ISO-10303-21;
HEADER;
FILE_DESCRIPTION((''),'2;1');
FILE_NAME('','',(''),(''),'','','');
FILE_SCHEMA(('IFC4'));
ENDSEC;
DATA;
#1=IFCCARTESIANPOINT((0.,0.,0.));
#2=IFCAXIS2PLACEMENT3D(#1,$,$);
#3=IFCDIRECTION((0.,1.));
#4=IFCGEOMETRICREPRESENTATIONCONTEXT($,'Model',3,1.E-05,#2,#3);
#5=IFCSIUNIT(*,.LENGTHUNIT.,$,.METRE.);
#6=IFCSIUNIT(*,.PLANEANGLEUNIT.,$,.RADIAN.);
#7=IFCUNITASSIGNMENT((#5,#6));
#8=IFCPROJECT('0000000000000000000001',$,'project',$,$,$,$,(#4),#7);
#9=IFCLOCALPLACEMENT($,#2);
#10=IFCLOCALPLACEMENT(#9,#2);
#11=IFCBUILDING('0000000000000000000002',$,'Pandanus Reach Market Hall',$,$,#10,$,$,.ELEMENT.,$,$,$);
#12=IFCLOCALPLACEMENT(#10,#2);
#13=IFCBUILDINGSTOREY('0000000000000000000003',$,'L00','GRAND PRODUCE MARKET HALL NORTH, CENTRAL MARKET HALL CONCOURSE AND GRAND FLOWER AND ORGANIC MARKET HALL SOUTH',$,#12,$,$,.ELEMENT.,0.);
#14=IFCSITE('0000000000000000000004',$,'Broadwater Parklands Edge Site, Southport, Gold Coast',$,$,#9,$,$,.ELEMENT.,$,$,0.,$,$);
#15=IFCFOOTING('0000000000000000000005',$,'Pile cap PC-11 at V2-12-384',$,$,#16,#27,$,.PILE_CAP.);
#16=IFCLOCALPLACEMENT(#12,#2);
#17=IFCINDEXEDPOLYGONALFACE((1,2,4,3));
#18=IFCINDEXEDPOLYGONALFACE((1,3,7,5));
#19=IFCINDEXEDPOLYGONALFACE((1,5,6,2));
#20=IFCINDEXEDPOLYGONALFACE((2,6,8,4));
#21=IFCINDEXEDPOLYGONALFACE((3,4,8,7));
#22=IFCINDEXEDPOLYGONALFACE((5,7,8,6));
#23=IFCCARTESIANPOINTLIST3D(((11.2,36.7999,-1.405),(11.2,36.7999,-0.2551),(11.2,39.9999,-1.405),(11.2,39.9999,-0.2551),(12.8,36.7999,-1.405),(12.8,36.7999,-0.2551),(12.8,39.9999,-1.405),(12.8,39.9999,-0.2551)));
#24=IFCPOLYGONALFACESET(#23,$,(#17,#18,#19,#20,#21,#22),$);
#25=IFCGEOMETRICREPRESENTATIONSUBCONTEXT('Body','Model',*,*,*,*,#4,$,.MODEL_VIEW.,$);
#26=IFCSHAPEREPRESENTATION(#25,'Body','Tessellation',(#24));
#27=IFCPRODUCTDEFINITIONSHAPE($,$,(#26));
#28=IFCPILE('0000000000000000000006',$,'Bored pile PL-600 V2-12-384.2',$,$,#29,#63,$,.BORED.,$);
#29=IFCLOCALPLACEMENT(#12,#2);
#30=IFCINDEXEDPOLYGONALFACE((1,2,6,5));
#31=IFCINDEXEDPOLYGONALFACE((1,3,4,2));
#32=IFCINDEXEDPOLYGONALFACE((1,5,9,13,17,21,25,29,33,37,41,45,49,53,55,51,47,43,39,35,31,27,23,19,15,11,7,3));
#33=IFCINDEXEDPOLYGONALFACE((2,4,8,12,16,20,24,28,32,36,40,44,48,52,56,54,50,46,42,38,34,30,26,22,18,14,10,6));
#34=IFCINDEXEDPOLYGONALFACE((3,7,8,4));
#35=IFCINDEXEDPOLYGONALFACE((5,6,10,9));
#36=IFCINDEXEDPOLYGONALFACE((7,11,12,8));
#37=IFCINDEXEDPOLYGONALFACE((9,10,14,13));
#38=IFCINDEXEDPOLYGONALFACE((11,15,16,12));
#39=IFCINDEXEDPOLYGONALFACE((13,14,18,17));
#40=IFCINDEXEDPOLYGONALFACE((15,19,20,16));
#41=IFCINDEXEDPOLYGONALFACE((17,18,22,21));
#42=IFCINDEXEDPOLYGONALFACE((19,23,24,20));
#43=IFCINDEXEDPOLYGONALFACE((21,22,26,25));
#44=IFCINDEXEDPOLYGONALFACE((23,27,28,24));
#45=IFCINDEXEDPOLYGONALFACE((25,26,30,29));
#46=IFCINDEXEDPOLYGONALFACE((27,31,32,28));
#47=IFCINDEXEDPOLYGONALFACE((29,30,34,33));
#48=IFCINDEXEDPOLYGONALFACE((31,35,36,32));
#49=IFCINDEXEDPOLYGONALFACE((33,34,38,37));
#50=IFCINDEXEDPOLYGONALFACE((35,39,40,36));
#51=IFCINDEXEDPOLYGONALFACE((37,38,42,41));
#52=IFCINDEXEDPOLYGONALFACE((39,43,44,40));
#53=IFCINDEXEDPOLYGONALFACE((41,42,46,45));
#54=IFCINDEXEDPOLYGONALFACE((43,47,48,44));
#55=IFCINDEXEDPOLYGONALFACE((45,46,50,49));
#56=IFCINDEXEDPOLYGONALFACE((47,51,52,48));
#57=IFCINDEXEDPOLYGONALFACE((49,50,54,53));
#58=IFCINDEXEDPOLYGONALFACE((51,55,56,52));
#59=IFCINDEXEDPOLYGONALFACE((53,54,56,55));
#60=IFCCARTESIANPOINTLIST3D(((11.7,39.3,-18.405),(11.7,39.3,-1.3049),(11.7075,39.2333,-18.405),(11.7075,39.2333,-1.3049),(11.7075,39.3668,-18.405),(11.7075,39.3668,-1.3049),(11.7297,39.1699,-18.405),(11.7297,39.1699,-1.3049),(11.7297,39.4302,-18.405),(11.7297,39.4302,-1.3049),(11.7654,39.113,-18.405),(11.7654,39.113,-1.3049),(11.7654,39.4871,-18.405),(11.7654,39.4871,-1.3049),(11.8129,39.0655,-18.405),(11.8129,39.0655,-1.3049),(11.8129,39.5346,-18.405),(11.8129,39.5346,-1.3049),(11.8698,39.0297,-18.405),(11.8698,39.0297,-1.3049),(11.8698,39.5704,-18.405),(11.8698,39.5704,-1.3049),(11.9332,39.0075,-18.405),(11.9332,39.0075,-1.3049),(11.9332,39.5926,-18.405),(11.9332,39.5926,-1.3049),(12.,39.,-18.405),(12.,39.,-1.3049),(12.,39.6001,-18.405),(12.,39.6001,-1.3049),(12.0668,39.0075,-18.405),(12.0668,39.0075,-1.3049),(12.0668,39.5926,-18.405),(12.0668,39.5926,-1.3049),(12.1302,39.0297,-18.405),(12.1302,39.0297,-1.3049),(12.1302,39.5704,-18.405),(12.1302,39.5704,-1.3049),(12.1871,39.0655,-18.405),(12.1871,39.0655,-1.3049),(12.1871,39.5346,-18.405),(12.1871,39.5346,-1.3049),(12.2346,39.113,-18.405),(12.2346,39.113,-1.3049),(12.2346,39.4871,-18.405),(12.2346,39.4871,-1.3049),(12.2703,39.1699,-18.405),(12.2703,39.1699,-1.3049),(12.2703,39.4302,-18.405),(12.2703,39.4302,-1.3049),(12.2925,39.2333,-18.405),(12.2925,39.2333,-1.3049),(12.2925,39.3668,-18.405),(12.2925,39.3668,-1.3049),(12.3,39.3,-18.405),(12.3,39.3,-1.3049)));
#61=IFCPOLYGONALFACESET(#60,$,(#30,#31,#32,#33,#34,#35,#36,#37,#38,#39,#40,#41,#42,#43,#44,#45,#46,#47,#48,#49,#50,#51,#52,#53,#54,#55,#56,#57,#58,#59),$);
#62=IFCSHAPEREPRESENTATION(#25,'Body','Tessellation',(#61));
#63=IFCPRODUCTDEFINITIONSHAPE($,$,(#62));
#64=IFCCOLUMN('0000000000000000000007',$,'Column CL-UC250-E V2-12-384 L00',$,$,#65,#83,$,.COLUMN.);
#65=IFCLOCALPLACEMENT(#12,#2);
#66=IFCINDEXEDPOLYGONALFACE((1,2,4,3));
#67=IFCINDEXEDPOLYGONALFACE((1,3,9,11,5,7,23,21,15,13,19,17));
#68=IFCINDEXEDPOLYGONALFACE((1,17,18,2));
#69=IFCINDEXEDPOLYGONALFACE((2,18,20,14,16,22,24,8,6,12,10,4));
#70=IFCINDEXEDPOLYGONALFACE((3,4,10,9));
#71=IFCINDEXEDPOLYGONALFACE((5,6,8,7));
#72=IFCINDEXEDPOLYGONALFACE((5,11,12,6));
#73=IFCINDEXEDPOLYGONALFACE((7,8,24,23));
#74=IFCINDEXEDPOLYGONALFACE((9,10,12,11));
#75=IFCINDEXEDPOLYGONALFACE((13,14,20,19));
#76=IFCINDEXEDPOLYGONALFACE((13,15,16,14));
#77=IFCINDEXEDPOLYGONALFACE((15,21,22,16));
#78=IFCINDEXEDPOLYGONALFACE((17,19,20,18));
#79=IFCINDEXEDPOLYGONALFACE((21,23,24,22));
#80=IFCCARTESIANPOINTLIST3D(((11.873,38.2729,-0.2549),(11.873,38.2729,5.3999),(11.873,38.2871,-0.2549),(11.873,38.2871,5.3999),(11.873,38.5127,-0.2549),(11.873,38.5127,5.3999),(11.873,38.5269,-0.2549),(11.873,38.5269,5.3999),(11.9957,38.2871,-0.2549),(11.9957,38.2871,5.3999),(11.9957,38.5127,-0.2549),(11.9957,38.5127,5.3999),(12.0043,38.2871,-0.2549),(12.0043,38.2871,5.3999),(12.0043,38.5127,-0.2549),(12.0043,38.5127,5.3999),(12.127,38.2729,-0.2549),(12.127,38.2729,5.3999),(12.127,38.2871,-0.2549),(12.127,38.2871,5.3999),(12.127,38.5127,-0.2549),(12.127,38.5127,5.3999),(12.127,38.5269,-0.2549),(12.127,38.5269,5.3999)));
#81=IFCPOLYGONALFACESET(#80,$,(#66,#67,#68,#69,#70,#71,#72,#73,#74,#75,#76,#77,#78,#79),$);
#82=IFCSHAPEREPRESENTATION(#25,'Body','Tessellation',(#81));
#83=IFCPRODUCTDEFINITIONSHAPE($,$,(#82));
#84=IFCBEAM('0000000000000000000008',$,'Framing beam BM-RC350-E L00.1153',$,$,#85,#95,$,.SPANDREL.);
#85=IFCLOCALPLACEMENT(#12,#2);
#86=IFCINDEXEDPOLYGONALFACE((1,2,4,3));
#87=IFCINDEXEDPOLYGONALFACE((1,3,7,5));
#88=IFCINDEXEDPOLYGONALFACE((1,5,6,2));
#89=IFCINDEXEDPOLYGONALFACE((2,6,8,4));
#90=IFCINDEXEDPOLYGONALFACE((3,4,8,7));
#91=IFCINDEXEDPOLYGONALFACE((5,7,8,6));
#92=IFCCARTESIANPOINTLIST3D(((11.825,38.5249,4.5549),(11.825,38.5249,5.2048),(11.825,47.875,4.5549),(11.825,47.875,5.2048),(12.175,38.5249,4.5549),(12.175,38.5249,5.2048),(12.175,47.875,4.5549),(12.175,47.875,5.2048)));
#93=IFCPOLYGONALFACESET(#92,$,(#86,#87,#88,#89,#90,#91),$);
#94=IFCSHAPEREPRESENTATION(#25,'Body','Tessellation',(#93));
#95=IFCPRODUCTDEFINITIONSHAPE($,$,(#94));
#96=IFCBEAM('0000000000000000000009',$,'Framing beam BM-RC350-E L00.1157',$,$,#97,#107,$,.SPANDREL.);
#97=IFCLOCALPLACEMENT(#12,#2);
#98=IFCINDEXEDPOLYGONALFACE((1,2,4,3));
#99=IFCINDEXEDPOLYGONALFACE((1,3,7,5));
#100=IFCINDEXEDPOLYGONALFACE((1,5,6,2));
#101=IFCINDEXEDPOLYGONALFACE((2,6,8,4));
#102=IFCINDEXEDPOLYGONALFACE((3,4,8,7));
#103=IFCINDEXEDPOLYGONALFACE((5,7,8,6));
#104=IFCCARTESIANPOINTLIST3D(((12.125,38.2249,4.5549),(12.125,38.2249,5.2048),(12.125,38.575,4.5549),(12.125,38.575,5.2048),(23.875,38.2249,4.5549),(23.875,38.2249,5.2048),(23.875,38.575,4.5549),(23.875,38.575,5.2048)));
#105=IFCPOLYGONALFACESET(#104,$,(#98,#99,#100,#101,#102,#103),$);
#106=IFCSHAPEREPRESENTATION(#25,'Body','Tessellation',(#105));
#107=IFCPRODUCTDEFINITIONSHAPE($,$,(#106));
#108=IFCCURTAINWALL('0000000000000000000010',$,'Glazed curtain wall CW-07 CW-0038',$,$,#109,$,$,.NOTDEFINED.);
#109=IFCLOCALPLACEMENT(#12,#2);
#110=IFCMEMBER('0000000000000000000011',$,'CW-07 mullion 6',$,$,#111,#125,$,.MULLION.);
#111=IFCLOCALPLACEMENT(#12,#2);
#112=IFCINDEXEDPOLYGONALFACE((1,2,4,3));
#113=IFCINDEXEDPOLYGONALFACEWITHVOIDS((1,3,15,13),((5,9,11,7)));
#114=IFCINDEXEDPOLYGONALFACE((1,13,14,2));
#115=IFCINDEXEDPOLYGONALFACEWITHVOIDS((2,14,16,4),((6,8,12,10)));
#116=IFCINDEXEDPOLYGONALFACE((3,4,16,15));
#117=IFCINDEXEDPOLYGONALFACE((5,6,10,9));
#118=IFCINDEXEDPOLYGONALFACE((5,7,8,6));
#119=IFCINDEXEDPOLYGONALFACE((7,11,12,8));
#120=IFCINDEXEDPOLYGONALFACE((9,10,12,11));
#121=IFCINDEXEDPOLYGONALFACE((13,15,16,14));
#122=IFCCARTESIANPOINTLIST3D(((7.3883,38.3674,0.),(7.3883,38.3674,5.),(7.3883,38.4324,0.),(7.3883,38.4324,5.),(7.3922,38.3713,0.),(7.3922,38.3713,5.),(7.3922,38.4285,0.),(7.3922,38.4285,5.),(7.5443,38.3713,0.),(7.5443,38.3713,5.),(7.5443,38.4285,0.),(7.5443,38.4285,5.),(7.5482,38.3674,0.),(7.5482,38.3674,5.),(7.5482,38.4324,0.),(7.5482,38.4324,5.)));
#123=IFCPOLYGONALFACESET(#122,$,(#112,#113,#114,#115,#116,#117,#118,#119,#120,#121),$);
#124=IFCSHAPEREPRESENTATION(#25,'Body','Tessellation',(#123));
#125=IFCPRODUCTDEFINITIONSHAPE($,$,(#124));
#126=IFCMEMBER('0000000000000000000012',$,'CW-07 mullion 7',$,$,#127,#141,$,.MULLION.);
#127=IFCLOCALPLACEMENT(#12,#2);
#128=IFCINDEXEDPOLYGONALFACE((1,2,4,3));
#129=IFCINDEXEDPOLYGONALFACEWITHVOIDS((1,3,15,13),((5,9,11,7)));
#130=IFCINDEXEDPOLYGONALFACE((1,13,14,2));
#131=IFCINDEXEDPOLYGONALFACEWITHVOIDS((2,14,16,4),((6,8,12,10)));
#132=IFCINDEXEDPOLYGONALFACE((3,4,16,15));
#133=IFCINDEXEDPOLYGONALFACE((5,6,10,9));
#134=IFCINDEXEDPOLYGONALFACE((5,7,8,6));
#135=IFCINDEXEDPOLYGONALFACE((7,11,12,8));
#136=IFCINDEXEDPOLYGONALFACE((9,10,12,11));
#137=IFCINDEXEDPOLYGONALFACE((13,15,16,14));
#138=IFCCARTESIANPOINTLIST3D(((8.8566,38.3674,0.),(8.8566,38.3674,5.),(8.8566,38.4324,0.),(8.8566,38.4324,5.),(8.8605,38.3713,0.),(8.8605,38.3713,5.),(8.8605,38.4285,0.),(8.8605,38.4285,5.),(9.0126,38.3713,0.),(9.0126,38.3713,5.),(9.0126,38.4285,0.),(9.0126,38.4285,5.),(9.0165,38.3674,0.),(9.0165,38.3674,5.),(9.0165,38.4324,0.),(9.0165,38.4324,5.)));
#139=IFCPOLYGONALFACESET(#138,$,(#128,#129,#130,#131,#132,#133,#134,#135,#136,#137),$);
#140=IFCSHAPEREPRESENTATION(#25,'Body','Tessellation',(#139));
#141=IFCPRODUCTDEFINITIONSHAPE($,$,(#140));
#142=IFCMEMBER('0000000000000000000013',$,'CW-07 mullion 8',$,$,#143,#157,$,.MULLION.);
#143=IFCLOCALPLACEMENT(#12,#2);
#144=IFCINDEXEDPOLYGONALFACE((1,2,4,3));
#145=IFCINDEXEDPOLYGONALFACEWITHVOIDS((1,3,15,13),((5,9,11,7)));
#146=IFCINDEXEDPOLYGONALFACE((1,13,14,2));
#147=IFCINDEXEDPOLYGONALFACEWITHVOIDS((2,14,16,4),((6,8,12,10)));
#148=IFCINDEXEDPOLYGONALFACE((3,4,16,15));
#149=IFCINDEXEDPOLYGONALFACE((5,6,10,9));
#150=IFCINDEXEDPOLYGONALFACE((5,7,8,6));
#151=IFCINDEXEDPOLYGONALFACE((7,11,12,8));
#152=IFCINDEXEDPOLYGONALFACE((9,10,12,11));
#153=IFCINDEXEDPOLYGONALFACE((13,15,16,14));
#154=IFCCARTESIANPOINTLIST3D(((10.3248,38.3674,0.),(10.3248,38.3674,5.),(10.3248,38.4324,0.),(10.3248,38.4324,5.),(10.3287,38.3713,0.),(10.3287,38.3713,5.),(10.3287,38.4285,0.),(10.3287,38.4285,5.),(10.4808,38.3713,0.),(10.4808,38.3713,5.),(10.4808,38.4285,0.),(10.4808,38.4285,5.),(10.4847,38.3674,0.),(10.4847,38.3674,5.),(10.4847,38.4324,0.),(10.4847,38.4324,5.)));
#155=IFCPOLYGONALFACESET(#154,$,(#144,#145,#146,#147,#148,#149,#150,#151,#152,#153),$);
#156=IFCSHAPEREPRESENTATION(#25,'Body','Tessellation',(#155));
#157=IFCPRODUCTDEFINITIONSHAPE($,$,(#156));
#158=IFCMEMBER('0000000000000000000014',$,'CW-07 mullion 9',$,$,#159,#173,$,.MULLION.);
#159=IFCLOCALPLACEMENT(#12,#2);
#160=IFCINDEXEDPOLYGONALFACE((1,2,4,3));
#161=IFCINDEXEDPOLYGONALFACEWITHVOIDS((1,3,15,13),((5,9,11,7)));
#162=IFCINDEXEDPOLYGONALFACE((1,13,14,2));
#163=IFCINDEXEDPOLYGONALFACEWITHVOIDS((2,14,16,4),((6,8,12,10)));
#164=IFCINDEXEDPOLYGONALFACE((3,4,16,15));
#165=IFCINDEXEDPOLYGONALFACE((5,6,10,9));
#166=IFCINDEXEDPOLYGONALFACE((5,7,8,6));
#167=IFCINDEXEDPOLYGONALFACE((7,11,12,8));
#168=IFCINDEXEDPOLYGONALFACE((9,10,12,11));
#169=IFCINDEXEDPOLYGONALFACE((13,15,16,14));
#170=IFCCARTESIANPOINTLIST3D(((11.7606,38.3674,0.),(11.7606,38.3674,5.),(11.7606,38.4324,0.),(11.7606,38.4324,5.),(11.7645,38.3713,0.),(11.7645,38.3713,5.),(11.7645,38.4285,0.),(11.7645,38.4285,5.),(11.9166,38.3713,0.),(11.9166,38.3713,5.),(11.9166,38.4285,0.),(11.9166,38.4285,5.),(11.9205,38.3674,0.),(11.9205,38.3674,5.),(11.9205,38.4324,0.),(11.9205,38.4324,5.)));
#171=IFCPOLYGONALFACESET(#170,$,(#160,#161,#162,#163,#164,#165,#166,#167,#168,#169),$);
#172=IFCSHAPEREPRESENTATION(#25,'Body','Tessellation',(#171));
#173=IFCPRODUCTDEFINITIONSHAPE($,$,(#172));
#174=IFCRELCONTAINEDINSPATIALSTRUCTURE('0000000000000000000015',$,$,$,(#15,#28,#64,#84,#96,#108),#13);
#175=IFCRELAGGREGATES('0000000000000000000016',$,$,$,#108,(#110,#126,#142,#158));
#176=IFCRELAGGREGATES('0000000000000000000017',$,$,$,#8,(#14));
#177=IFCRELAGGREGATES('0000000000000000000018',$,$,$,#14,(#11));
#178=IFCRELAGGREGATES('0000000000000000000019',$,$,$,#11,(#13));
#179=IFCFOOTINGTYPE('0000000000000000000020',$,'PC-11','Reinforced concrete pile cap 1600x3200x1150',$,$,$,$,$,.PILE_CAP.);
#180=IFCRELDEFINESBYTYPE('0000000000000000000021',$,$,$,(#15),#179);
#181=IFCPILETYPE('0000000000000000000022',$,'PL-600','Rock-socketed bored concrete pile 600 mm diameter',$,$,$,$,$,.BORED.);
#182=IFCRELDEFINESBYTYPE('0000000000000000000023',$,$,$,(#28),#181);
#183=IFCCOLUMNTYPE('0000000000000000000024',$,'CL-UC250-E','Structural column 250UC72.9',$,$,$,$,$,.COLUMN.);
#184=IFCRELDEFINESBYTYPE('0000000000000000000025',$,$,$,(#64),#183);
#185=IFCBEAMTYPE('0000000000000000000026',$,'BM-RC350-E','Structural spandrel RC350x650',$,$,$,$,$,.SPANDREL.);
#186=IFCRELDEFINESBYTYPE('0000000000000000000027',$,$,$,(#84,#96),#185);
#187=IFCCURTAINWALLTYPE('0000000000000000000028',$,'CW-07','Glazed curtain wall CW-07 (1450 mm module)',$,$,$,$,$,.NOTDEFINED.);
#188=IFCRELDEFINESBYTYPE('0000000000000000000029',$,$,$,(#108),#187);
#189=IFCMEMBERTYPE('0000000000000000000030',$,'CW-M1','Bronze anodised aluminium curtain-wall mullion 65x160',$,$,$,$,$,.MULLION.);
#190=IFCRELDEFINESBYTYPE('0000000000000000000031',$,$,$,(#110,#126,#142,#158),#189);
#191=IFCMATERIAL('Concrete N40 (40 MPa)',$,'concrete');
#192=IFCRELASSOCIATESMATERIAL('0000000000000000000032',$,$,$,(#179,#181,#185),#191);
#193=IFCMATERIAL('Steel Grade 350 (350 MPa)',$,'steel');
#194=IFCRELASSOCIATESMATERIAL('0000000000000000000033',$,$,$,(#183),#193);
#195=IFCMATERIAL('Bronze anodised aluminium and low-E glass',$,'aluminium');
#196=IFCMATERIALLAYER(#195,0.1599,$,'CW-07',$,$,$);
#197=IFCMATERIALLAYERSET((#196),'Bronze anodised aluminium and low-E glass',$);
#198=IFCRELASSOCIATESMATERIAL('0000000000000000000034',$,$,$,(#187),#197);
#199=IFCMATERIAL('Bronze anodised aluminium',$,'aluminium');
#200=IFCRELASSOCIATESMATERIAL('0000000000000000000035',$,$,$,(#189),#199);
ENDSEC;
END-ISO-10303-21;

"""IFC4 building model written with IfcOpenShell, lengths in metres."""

from ifc_helpers import new_model, si_unit, direction, frame, origin, origin_2d, place, context, subcontext, project, spatial, rectangle, hollow_rectangle, circle, i_section, extrude, material, layer, layer_set, material_profile, profile_set, type_object, element, aggregate, save


model = new_model("IFC4")

# Units and contexts
model_context = context("Model", 3, precision=1e-05, world=origin(), true_north=direction((0.0, 1.0)))
body_context = subcontext(model_context, "Body", "Model", "MODEL_VIEW")
ifc_project = project(units=[si_unit("LENGTHUNIT", "METRE"), si_unit("PLANEANGLEUNIT", "RADIAN")], contexts=[model_context])

# Site, building, storey
site_placement = place(None, origin())
site = spatial("IfcSite", under=ifc_project, at=site_placement, Name="Broadwater Parklands Edge Site, Southport, Gold Coast", CompositionType="ELEMENT", RefElevation=0.0)
building_placement = place(site_placement, origin())
building = spatial("IfcBuilding", under=site, at=building_placement, Name="Pandanus Reach Market Hall", CompositionType="ELEMENT")
storey_placement = place(building_placement, origin())
storey = spatial("IfcBuildingStorey", under=building, at=storey_placement, Name="L00", Description="GRAND PRODUCE MARKET HALL NORTH, CENTRAL MARKET HALL CONCOURSE AND GRAND FLOWER AND ORGANIC MARKET HALL SOUTH", CompositionType="ELEMENT", Elevation=0.0)

# Footing
ifc_material_1 = material(Name="Concrete N40 (40 MPa)", Category="concrete")
footing_type = type_object("IfcFootingType", Name="PC-11", Description="Reinforced concrete pile cap 1600x3200x1150", PredefinedType="PILE_CAP", material=ifc_material_1)
footing_placement = place(storey_placement, frame((12.0, 38.3999, -1.405), z_axis=(0.0, 0.0, 1.0), x_axis=(1.0, 0.0, 0.0)))
element("IfcFooting", 1, at=footing_placement, inside=storey, type_object=footing_type, Name="Pile cap PC-11 at V2-12-384", PredefinedType="PILE_CAP", context=body_context, shape_type="SweptSolid", body=[
    extrude(rectangle(XDim=1.6001, YDim=3.2, at=origin_2d()), origin(), (0.0, 0.0, 1.0), 1.1499),
])

# Pile
ifc_material_profile_1 = material_profile(ifc_material_1, circle(Radius=0.3, at=origin_2d()), Name="PILE-600D", Category="LoadBearing")
ifc_profile_set_1 = profile_set([ifc_material_profile_1], Name="Concrete N40 (40 MPa)")
pile_type = type_object("IfcPileType", Name="PL-600", Description="Rock-socketed bored concrete pile 600 mm diameter", PredefinedType="BORED", material=ifc_profile_set_1)
pile_placement = place(storey_placement, frame((12.0, 39.3, -1.3049), z_axis=(0.0, 0.0, -1.0), x_axis=(1.0, 0.0, 0.0)))
element("IfcPile", 2, at=pile_placement, inside=storey, type_object=pile_type, Name="Bored pile PL-600 V2-12-384.2", PredefinedType="BORED", context=body_context, shape_type="SweptSolid", body=[
    extrude(circle(Radius=0.3, at=origin_2d()), origin(), (0.0, 0.0, 1.0), 17.1001),
])

# Column
ifc_material_2 = material(Name="Steel Grade 350 (350 MPa)", Category="steel")
ifc_material_profile_2 = material_profile(ifc_material_2, i_section(OverallWidth=0.2539, OverallDepth=0.2539, WebThickness=0.0085, FlangeThickness=0.0142, at=origin_2d()), Name="250UC72.9", Category="LoadBearing")
ifc_profile_set_2 = profile_set([ifc_material_profile_2], Name="Steel Grade 350 (350 MPa)")
column_type = type_object("IfcColumnType", Name="CL-UC250-E", Description="Structural column 250UC72.9", PredefinedType="COLUMN", material=ifc_profile_set_2)
column_placement = place(storey_placement, frame((12.0, 38.3999, -0.2549), z_axis=(0.0, 0.0, 1.0), x_axis=(1.0, 0.0, 0.0)))
element("IfcColumn", 3, at=column_placement, inside=storey, type_object=column_type, Name="Column CL-UC250-E V2-12-384 L00", PredefinedType="COLUMN", context=body_context, shape_type="SweptSolid", body=[
    extrude(i_section(OverallWidth=0.2539, OverallDepth=0.2539, WebThickness=0.0085, FlangeThickness=0.0142, at=origin_2d()), origin(), (0.0, 0.0, 1.0), 5.6548),
])

# Beams
ifc_material_profile_3 = material_profile(ifc_material_1, rectangle(XDim=0.3501, YDim=0.6499, at=origin_2d()), Name="RC350x650", Category="LoadBearing")
ifc_profile_set_3 = profile_set([ifc_material_profile_3], Name="Concrete N40 (40 MPa)")
beam_type = type_object("IfcBeamType", Name="BM-RC350-E", Description="Structural spandrel RC350x650", PredefinedType="SPANDREL", material=ifc_profile_set_3)
beam_1_placement = place(storey_placement, frame((12.0, 38.5249, 4.8799), z_axis=(0.0, 1.0, 0.0), x_axis=(-1.0, 0.0, 0.0)))
element("IfcBeam", 4, at=beam_1_placement, inside=storey, type_object=beam_type, Name="Framing beam BM-RC350-E L00.1153", PredefinedType="SPANDREL", context=body_context, shape_type="SweptSolid", body=[
    extrude(rectangle(XDim=0.3501, YDim=0.6499, at=origin_2d()), origin(), (0.0, 0.0, 1.0), 9.3501),
])
beam_2_placement = place(storey_placement, frame((12.125, 38.3999, 4.8799), z_axis=(1.0, 0.0, 0.0), x_axis=(0.0, 1.0, 0.0)))
element("IfcBeam", 5, at=beam_2_placement, inside=storey, type_object=beam_type, Name="Framing beam BM-RC350-E L00.1157", PredefinedType="SPANDREL", context=body_context, shape_type="SweptSolid", body=[
    extrude(rectangle(XDim=0.3501, YDim=0.6499, at=origin_2d()), origin(), (0.0, 0.0, 1.0), 11.75),
])

# Curtain wall, members
ifc_material_3 = material(Name="Bronze anodised aluminium and low-E glass", Category="aluminium")
ifc_layer_1 = layer(ifc_material_3, 0.1599, Name="CW-07")
ifc_layer_set_1 = layer_set([ifc_layer_1], Name="Bronze anodised aluminium and low-E glass")
curtain_wall_type = type_object("IfcCurtainWallType", Name="CW-07", Description="Glazed curtain wall CW-07 (1450 mm module)", PredefinedType="NOTDEFINED", material=ifc_layer_set_1)
curtain_wall_placement = place(storey_placement, origin())
curtain_wall = element("IfcCurtainWall", 6, at=curtain_wall_placement, inside=storey, type_object=curtain_wall_type, Name="Glazed curtain wall CW-07 CW-0038", PredefinedType="NOTDEFINED")
ifc_material_4 = material(Name="Bronze anodised aluminium", Category="aluminium")
ifc_material_profile_4 = material_profile(ifc_material_4, hollow_rectangle(XDim=0.0649, YDim=0.1599, WallThickness=0.0039, at=origin_2d()), Name="ALU65x160", Category="LoadBearing")
ifc_profile_set_4 = profile_set([ifc_material_profile_4], Name="Bronze anodised aluminium")
member_type_1 = type_object("IfcMemberType", Name="CW-M1", Description="Bronze anodised aluminium curtain-wall mullion 65x160", PredefinedType="MULLION", material=ifc_profile_set_4)
member_1_placement = place(storey_placement, frame((7.4683, 38.3999, 0.0), z_axis=(0.0, 0.0, 1.0), x_axis=(0.0, 1.0, 0.0)))
member_1 = element("IfcMember", 7, at=member_1_placement, type_object=member_type_1, Name="CW-07 mullion 6", PredefinedType="MULLION", context=body_context, shape_type="SweptSolid", body=[
    extrude(hollow_rectangle(XDim=0.0649, YDim=0.1599, WallThickness=0.0039, at=origin_2d()), origin(), (0.0, 0.0, 1.0), 5.0),
])
member_2_placement = place(storey_placement, frame((8.9365, 38.3999, 0.0), z_axis=(0.0, 0.0, 1.0), x_axis=(0.0, 1.0, 0.0)))
member_2 = element("IfcMember", 8, at=member_2_placement, type_object=member_type_1, Name="CW-07 mullion 7", PredefinedType="MULLION", context=body_context, shape_type="SweptSolid", body=[
    extrude(hollow_rectangle(XDim=0.0649, YDim=0.1599, WallThickness=0.0039, at=origin_2d()), origin(), (0.0, 0.0, 1.0), 5.0),
])
member_3_placement = place(storey_placement, frame((10.4048, 38.3999, 0.0), z_axis=(0.0, 0.0, 1.0), x_axis=(0.0, 1.0, 0.0)))
member_3 = element("IfcMember", 9, at=member_3_placement, type_object=member_type_1, Name="CW-07 mullion 8", PredefinedType="MULLION", context=body_context, shape_type="SweptSolid", body=[
    extrude(hollow_rectangle(XDim=0.0649, YDim=0.1599, WallThickness=0.0039, at=origin_2d()), origin(), (0.0, 0.0, 1.0), 5.0),
])
member_4_placement = place(storey_placement, frame((11.8406, 38.3999, 0.0), z_axis=(0.0, 0.0, 1.0), x_axis=(0.0, 1.0, 0.0)))
member_4 = element("IfcMember", 10, at=member_4_placement, type_object=member_type_1, Name="CW-07 mullion 9", PredefinedType="MULLION", context=body_context, shape_type="SweptSolid", body=[
    extrude(hollow_rectangle(XDim=0.0649, YDim=0.1599, WallThickness=0.0039, at=origin_2d()), origin(), (0.0, 0.0, 1.0), 5.0),
])

aggregate(curtain_wall, [member_1, member_2, member_3, member_4])

save(model, "model.ifc")
